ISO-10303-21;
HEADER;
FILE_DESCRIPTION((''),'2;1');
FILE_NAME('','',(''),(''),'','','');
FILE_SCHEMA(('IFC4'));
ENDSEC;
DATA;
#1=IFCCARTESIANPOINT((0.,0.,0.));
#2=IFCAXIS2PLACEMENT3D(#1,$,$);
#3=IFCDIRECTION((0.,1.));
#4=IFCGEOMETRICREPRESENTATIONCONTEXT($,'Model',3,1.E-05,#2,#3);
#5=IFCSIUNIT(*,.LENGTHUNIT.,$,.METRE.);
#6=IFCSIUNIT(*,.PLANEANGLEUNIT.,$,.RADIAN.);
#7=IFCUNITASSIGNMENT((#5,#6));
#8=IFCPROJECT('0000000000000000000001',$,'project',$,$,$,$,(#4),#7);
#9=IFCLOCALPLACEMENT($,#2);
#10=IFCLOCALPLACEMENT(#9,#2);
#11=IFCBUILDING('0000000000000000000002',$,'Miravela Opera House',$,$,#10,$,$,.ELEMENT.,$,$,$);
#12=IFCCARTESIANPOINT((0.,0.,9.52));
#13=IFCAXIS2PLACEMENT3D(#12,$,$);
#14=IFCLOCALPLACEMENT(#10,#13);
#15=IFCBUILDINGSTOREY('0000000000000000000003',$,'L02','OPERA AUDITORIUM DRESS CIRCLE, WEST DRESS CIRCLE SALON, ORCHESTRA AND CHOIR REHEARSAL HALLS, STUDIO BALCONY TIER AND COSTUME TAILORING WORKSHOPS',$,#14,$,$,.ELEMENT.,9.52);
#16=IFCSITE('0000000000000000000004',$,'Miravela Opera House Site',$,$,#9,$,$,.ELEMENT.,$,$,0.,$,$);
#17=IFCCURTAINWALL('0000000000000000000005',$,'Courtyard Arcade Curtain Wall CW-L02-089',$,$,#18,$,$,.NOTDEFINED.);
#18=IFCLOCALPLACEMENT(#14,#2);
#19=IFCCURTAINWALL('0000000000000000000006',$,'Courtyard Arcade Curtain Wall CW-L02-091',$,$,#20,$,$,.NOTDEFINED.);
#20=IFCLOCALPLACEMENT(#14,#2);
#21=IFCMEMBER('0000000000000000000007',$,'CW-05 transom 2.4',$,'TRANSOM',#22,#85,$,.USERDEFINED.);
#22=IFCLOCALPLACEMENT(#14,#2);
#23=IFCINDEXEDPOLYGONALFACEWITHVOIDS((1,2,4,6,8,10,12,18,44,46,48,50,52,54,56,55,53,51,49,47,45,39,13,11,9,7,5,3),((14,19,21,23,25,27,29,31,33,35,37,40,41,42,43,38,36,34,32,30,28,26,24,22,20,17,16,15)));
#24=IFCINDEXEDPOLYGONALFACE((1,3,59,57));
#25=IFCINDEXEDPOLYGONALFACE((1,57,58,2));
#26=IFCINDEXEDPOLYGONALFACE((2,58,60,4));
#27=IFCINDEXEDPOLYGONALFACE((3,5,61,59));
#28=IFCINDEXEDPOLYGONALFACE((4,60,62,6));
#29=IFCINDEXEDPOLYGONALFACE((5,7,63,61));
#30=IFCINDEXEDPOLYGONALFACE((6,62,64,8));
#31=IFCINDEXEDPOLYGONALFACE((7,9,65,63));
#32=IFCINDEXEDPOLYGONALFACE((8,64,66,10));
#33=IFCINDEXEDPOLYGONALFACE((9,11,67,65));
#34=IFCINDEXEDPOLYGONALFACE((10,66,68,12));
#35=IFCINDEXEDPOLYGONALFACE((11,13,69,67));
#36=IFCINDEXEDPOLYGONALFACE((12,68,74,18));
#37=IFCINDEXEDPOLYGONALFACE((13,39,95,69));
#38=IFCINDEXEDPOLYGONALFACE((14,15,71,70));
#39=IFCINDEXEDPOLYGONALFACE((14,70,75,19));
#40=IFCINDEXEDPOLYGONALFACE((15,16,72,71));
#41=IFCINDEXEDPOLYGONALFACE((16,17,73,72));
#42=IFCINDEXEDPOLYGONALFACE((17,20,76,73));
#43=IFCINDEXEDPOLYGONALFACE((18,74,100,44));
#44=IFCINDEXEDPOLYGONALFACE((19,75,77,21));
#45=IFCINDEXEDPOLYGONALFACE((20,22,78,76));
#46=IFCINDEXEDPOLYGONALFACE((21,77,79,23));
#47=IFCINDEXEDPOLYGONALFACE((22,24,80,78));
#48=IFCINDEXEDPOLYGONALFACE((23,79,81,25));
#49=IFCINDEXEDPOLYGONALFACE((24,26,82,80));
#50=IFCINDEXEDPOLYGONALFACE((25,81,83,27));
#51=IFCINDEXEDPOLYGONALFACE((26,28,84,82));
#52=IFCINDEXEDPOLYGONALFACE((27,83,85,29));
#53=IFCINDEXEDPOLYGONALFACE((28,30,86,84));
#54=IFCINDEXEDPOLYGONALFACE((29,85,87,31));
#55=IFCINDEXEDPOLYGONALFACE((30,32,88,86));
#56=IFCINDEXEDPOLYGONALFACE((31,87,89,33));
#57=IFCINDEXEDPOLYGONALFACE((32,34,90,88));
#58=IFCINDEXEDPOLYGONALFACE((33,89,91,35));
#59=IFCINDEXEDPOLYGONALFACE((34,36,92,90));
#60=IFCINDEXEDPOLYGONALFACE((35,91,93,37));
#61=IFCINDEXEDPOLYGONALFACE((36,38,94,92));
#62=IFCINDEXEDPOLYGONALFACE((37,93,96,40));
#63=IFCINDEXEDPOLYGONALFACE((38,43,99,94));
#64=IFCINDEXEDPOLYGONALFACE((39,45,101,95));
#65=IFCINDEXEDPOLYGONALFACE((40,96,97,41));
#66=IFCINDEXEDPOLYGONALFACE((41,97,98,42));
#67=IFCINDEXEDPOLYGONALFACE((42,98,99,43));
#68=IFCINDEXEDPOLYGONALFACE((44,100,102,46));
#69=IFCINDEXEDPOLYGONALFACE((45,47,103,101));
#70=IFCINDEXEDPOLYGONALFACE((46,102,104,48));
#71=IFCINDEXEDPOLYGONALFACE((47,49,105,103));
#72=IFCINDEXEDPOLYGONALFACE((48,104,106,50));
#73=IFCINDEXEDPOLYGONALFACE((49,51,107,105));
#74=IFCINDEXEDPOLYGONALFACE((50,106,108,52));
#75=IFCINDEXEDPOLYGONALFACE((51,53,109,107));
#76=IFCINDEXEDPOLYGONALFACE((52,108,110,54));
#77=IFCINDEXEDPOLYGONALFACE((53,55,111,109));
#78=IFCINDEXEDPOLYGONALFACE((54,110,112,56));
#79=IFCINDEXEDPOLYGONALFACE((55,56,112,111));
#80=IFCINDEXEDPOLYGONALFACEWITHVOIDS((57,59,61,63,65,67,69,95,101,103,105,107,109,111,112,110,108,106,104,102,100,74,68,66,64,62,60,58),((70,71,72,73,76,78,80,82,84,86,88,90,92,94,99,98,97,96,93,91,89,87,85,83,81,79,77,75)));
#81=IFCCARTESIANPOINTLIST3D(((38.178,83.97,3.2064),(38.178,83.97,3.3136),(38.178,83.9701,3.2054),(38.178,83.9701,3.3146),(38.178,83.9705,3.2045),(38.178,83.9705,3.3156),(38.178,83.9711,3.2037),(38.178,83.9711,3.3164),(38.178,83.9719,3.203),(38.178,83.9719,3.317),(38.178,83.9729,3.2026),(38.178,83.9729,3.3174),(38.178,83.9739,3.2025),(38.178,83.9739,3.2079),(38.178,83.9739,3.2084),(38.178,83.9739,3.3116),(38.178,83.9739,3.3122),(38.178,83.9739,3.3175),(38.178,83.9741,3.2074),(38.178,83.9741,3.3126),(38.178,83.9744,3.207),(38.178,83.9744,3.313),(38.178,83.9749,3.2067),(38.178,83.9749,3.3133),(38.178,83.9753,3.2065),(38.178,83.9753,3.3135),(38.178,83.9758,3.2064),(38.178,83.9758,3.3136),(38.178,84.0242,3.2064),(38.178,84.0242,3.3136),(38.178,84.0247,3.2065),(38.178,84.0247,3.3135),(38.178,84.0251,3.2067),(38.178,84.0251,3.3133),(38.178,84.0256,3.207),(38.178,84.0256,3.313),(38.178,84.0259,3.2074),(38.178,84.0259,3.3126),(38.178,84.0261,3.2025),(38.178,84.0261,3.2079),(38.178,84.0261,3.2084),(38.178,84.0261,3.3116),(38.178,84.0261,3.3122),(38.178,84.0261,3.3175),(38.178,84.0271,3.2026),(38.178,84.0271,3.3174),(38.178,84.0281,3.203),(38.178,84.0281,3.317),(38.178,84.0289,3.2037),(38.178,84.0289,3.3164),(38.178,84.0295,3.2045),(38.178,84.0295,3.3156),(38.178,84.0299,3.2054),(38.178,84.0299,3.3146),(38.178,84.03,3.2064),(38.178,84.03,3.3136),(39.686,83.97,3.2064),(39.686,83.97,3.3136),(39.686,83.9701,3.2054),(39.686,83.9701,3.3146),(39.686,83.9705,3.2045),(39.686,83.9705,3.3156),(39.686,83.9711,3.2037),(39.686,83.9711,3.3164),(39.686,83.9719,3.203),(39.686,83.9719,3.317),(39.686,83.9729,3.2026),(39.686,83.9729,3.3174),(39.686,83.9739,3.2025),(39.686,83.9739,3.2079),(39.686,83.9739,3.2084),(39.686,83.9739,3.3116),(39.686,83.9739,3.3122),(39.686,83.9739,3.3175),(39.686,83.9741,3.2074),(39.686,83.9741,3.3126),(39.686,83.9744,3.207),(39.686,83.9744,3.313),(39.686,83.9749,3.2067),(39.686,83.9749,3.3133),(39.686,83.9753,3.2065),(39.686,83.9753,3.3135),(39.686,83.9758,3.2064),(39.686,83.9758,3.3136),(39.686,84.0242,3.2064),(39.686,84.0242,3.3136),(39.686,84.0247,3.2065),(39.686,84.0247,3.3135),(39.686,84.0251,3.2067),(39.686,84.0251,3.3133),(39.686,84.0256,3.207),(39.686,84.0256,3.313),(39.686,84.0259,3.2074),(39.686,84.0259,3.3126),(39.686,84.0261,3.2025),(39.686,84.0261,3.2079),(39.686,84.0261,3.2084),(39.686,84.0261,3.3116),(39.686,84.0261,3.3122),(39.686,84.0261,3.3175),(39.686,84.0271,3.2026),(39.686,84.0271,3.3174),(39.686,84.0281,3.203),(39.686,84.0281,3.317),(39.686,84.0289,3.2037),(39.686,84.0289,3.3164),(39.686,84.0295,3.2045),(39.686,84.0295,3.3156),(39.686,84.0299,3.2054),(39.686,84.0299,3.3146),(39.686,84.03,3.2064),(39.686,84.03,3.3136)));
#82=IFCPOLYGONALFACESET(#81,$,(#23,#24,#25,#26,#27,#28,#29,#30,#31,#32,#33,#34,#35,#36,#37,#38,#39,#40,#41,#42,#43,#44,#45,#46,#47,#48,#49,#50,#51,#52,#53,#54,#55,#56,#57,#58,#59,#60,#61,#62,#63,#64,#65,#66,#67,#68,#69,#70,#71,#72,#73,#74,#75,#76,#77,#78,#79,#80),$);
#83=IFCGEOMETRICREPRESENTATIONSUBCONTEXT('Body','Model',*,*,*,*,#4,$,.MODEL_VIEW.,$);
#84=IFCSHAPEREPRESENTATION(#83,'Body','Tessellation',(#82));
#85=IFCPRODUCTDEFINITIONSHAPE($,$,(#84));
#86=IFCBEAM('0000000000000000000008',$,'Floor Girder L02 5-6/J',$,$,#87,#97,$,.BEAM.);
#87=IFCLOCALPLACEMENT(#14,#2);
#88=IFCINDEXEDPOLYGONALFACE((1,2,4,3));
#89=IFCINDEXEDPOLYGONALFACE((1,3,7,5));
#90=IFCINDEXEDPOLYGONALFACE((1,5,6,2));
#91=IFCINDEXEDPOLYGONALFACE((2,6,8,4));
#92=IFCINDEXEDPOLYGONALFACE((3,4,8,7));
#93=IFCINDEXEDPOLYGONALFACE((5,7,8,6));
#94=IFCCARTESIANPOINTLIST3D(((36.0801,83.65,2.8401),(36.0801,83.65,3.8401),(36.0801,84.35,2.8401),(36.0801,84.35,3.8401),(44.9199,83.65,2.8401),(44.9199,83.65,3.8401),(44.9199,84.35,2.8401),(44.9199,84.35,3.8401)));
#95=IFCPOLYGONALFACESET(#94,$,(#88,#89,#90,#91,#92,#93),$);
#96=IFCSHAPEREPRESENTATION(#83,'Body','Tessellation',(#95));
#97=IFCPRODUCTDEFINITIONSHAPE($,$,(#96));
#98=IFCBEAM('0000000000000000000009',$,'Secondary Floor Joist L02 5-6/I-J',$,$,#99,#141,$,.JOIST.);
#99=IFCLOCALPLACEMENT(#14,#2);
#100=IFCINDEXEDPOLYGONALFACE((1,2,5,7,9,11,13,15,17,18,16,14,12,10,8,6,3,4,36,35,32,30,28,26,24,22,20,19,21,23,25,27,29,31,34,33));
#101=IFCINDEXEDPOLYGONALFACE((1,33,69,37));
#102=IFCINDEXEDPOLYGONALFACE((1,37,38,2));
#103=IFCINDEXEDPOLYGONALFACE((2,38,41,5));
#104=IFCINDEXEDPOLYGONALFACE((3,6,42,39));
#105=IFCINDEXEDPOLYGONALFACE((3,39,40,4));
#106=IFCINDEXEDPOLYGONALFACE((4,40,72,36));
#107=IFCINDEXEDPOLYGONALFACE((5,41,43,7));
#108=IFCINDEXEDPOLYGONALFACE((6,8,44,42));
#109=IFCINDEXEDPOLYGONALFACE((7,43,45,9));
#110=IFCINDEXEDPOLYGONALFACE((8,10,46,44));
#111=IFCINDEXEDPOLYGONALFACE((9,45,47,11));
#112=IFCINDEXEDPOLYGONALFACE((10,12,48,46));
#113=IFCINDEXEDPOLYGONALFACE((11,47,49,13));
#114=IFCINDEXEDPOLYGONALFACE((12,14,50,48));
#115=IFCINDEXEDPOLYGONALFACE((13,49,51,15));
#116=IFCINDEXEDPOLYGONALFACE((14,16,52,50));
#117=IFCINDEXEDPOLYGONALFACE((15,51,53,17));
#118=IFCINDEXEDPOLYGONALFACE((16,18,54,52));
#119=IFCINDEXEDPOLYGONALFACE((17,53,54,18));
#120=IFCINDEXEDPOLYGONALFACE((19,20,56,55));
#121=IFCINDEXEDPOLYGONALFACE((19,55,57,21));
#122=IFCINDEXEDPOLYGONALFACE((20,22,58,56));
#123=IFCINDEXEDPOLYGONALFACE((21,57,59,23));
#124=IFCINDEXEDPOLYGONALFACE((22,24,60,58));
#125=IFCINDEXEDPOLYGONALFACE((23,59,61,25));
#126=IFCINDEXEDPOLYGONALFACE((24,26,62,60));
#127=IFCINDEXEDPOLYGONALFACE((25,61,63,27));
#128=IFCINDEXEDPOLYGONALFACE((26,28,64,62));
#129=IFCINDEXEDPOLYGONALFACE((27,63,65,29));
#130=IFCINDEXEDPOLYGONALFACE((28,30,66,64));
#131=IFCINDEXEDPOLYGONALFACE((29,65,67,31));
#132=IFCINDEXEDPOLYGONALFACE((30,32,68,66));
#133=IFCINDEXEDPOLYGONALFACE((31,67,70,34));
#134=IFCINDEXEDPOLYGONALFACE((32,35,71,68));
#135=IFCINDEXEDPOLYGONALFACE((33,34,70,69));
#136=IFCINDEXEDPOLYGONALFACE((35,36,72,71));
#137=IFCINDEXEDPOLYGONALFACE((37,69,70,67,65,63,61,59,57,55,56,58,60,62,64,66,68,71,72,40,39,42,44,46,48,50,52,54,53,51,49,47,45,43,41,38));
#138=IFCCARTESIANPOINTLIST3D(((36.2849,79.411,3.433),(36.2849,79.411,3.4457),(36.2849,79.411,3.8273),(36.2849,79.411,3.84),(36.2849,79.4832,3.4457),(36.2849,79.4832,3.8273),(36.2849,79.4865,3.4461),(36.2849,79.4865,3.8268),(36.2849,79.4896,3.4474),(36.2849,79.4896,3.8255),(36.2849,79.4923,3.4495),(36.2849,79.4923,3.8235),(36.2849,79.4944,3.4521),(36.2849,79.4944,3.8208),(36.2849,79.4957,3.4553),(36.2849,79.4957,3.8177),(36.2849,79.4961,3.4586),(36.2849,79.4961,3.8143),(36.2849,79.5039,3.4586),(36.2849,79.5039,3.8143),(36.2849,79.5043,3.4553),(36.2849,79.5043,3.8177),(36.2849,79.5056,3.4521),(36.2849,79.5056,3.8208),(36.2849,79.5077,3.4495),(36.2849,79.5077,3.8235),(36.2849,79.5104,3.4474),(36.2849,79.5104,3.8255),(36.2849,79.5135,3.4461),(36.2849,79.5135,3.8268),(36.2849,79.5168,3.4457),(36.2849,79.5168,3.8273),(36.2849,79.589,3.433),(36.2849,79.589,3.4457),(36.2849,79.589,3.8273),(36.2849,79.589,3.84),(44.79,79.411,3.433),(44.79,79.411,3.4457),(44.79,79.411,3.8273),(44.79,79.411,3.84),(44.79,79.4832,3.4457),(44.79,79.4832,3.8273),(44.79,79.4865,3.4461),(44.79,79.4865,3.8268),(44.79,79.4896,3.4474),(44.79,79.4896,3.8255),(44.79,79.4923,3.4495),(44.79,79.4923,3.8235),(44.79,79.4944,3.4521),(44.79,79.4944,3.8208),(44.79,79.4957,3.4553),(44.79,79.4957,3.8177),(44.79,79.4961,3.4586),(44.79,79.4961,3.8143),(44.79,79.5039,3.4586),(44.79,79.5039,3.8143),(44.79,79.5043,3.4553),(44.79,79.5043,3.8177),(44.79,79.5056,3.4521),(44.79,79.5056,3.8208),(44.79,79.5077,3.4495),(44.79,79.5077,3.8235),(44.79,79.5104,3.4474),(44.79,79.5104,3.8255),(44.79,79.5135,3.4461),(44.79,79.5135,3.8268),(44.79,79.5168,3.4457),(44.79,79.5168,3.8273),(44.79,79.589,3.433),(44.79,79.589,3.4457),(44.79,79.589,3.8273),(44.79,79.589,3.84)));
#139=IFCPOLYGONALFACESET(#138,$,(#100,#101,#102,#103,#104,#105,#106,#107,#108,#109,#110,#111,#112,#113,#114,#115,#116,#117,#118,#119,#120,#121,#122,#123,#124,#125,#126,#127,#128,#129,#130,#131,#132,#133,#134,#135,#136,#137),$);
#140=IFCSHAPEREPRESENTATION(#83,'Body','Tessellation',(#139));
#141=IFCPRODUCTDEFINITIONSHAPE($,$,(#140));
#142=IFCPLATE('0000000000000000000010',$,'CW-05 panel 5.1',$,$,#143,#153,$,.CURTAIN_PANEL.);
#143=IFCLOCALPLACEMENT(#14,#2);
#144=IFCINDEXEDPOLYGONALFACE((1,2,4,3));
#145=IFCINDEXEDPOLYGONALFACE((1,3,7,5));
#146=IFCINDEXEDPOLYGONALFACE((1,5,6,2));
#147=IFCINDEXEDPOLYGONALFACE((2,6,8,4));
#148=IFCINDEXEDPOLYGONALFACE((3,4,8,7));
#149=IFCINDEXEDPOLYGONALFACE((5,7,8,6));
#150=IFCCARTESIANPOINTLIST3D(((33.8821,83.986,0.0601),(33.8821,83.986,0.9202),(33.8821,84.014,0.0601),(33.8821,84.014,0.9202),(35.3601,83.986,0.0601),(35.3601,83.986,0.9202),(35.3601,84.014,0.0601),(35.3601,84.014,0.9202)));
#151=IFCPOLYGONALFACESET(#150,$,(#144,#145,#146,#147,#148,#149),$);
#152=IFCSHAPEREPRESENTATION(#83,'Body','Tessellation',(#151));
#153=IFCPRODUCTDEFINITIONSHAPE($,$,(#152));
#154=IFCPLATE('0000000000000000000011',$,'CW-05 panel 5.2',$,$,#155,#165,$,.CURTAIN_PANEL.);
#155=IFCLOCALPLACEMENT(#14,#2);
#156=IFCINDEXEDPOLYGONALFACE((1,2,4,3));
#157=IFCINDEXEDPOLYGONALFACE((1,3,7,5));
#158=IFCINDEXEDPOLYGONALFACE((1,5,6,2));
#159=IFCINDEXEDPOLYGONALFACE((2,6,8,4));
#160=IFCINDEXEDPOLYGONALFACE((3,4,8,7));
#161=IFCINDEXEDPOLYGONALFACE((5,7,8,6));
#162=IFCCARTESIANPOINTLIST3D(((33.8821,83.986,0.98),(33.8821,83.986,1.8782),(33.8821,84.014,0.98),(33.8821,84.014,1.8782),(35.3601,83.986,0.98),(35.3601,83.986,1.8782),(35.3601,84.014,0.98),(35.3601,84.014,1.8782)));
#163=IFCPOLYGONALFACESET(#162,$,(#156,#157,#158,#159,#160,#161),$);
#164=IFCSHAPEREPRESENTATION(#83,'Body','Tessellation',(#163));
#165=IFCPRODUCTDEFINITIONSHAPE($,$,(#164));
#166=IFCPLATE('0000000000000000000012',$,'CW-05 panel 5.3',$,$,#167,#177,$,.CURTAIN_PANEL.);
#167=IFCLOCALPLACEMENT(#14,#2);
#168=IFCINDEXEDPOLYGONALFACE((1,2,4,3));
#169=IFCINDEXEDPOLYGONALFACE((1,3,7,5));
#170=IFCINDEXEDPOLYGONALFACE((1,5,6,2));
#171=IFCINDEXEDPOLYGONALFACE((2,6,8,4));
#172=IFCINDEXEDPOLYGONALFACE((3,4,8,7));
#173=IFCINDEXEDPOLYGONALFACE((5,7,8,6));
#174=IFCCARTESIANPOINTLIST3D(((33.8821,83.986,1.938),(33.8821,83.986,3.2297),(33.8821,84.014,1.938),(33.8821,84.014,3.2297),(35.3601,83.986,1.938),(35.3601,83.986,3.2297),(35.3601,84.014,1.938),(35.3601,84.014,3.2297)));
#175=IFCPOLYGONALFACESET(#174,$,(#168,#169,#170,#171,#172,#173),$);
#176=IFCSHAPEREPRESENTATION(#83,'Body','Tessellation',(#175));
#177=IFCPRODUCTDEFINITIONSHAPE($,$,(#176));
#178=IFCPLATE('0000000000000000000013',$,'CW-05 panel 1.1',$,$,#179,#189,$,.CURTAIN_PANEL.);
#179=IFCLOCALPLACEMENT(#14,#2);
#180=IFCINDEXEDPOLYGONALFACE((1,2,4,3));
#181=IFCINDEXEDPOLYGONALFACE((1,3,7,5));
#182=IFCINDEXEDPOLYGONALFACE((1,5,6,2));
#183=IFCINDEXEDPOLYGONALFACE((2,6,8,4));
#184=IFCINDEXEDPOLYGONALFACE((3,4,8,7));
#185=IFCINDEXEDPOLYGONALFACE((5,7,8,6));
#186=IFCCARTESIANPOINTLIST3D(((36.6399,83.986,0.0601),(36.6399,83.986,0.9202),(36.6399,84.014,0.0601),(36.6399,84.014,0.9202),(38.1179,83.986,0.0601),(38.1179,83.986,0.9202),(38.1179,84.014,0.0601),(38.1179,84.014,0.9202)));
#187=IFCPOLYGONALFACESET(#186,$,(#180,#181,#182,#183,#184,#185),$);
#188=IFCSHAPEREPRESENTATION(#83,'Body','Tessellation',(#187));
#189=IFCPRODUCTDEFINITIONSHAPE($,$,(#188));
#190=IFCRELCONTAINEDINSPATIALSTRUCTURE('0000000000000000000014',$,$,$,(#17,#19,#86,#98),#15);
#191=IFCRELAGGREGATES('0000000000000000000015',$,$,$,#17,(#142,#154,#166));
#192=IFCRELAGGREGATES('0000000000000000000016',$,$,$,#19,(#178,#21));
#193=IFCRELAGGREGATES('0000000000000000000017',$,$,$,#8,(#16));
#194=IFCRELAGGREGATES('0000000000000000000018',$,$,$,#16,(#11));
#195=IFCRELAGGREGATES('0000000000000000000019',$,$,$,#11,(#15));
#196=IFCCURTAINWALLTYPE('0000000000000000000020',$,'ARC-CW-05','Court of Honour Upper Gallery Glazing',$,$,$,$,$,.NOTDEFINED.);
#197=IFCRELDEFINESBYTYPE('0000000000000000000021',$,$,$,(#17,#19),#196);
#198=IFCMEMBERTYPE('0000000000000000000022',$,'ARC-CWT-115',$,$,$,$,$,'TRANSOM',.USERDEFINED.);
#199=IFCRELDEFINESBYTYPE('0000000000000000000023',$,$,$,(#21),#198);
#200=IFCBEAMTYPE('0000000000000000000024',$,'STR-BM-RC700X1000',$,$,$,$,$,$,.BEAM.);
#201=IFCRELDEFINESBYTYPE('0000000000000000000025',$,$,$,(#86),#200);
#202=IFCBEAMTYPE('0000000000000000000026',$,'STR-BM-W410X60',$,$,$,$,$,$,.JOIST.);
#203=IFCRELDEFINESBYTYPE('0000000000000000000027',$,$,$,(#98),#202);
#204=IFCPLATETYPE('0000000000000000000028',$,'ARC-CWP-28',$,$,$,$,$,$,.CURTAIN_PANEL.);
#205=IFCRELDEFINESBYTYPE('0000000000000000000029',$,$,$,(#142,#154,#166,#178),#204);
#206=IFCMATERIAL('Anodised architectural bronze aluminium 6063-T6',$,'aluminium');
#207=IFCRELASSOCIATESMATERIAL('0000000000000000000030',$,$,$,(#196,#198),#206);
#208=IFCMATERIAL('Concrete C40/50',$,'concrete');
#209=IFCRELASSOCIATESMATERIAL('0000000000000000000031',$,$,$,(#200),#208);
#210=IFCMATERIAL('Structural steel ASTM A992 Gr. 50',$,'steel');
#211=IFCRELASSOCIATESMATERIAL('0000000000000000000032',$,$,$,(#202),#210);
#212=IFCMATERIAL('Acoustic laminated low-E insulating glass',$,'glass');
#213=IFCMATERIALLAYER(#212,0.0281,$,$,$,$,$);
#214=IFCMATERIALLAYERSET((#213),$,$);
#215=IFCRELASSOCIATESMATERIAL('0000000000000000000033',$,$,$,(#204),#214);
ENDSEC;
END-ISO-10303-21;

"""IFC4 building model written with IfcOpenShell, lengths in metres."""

from ifc_helpers import new_model, si_unit, direction, frame, origin, origin_2d, place, context, subcontext, project, spatial, rectangle, hollow_rectangle, i_section, extrude, material, layer, layer_set, material_profile, profile_set, type_object, element, aggregate, save


model = new_model("IFC4")

# Units and contexts
model_context = context("Model", 3, precision=1e-05, world=origin(), true_north=direction((0.0, 1.0)))
body_context = subcontext(model_context, "Body", "Model", "MODEL_VIEW")
ifc_project = project(units=[si_unit("LENGTHUNIT", "METRE"), si_unit("PLANEANGLEUNIT", "RADIAN")], contexts=[model_context])

# Site, building, storey
site_placement = place(None, origin())
site = spatial("IfcSite", under=ifc_project, at=site_placement, Name="Miravela Opera House Site", CompositionType="ELEMENT", RefElevation=0.0)
building_placement = place(site_placement, origin())
building = spatial("IfcBuilding", under=site, at=building_placement, Name="Miravela Opera House", CompositionType="ELEMENT")
storey_placement = place(building_placement, frame((0.0, 0.0, 9.52)))
storey = spatial("IfcBuildingStorey", under=building, at=storey_placement, Name="L02", Description="OPERA AUDITORIUM DRESS CIRCLE, WEST DRESS CIRCLE SALON, ORCHESTRA AND CHOIR REHEARSAL HALLS, STUDIO BALCONY TIER AND COSTUME TAILORING WORKSHOPS", CompositionType="ELEMENT", Elevation=9.52)

# Curtain wall
ifc_material_1 = material(Name="Anodised architectural bronze aluminium 6063-T6", Category="aluminium")
curtain_wall_type = type_object("IfcCurtainWallType", Name="ARC-CW-05", Description="Court of Honour Upper Gallery Glazing", PredefinedType="NOTDEFINED", material=ifc_material_1)
curtain_wall_1_placement = place(storey_placement, origin())
curtain_wall_1 = element("IfcCurtainWall", 1, at=curtain_wall_1_placement, inside=storey, type_object=curtain_wall_type, Name="Courtyard Arcade Curtain Wall CW-L02-089", PredefinedType="NOTDEFINED")

# Curtain wall
curtain_wall_2_placement = place(storey_placement, origin())
curtain_wall_2 = element("IfcCurtainWall", 2, at=curtain_wall_2_placement, inside=storey, type_object=curtain_wall_type, Name="Courtyard Arcade Curtain Wall CW-L02-091", PredefinedType="NOTDEFINED")

# Member
ifc_material_profile_1 = material_profile(ifc_material_1, hollow_rectangle(XDim=0.0601, YDim=0.115, WallThickness=0.0039, InnerFilletRadius=0.002, OuterFilletRadius=0.0039, at=origin_2d()), Name="CWT-60X115")
ifc_profile_set_1 = profile_set([ifc_material_profile_1])
member_type_1 = type_object("IfcMemberType", Name="ARC-CWT-115", ElementType="TRANSOM", PredefinedType="USERDEFINED", material=ifc_profile_set_1)
member_1_placement = place(storey_placement, frame((38.178, 84.0, 3.26), z_axis=(1.0, 0.0, 0.0), x_axis=(0.0, 1.0, 0.0)))
member_1 = element("IfcMember", 3, at=member_1_placement, type_object=member_type_1, Name="CW-05 transom 2.4", ObjectType="TRANSOM", PredefinedType="USERDEFINED", context=body_context, shape_type="SweptSolid", body=[
    extrude(hollow_rectangle(XDim=0.0601, YDim=0.115, WallThickness=0.0039, InnerFilletRadius=0.002, OuterFilletRadius=0.0039, at=origin_2d()), origin(), (0.0, 0.0, 1.0), 1.5081),
])

# Beams
ifc_material_2 = material(Name="Concrete C40/50", Category="concrete")
ifc_material_profile_2 = material_profile(ifc_material_2, rectangle(XDim=0.7, YDim=1.0, at=origin_2d()), Name="RC-BM-700X1000")
ifc_profile_set_2 = profile_set([ifc_material_profile_2])
beam_type_1 = type_object("IfcBeamType", Name="STR-BM-RC700X1000", PredefinedType="BEAM", material=ifc_profile_set_2)
beam_1_placement = place(storey_placement, frame((36.0801, 84.0, 3.3401), z_axis=(1.0, 0.0, 0.0), x_axis=(0.0, 1.0, 0.0)))
element("IfcBeam", 4, at=beam_1_placement, inside=storey, type_object=beam_type_1, Name="Floor Girder L02 5-6/J", PredefinedType="BEAM", context=body_context, shape_type="SweptSolid", body=[
    extrude(rectangle(XDim=0.7, YDim=1.0, at=origin_2d()), origin(), (0.0, 0.0, 1.0), 8.8398),
])
ifc_material_3 = material(Name="Structural steel ASTM A992 Gr. 50", Category="steel")
ifc_material_profile_3 = material_profile(ifc_material_3, i_section(OverallWidth=0.178, OverallDepth=0.407, WebThickness=0.0078, FlangeThickness=0.0127, FilletRadius=0.0129, at=origin_2d()), Name="W410X60")
ifc_profile_set_3 = profile_set([ifc_material_profile_3])
beam_type_2 = type_object("IfcBeamType", Name="STR-BM-W410X60", PredefinedType="JOIST", material=ifc_profile_set_3)
beam_2_placement = place(storey_placement, frame((36.2849, 79.5, 3.6365), z_axis=(1.0, 0.0, 0.0), x_axis=(0.0, 1.0, 0.0)))
element("IfcBeam", 5, at=beam_2_placement, inside=storey, type_object=beam_type_2, Name="Secondary Floor Joist L02 5-6/I-J", PredefinedType="JOIST", context=body_context, shape_type="SweptSolid", body=[
    extrude(i_section(OverallWidth=0.178, OverallDepth=0.407, WebThickness=0.0078, FlangeThickness=0.0127, FilletRadius=0.0129, at=origin_2d()), origin(), (0.0, 0.0, 1.0), 8.5051),
])

# Plates
ifc_material_4 = material(Name="Acoustic laminated low-E insulating glass", Category="glass")
ifc_layer = layer(ifc_material_4, 0.0281)
ifc_layer_set = layer_set([ifc_layer])
plate_type = type_object("IfcPlateType", Name="ARC-CWP-28", PredefinedType="CURTAIN_PANEL", material=ifc_layer_set)
plate_1_placement = place(storey_placement, frame((34.6211, 84.0, 0.0601), z_axis=(0.0, 0.0, 1.0), x_axis=(1.0, 0.0, 0.0)))
plate_1 = element("IfcPlate", 6, at=plate_1_placement, type_object=plate_type, Name="CW-05 panel 5.1", PredefinedType="CURTAIN_PANEL", context=body_context, shape_type="SweptSolid", body=[
    extrude(rectangle(XDim=1.478, YDim=0.0281, at=origin_2d()), origin(), (0.0, 0.0, 1.0), 0.8601),
])
plate_2_placement = place(storey_placement, frame((34.6211, 84.0, 0.98), z_axis=(0.0, 0.0, 1.0), x_axis=(1.0, 0.0, 0.0)))
plate_2 = element("IfcPlate", 7, at=plate_2_placement, type_object=plate_type, Name="CW-05 panel 5.2", PredefinedType="CURTAIN_PANEL", context=body_context, shape_type="SweptSolid", body=[
    extrude(rectangle(XDim=1.478, YDim=0.0281, at=origin_2d()), origin(), (0.0, 0.0, 1.0), 0.8982),
])
plate_3_placement = place(storey_placement, frame((34.6211, 84.0, 1.938), z_axis=(0.0, 0.0, 1.0), x_axis=(1.0, 0.0, 0.0)))
plate_3 = element("IfcPlate", 8, at=plate_3_placement, type_object=plate_type, Name="CW-05 panel 5.3", PredefinedType="CURTAIN_PANEL", context=body_context, shape_type="SweptSolid", body=[
    extrude(rectangle(XDim=1.478, YDim=0.0281, at=origin_2d()), origin(), (0.0, 0.0, 1.0), 1.2917),
])
aggregate(curtain_wall_1, [plate_1, plate_2, plate_3])
plate_4_placement = place(storey_placement, frame((37.3789, 84.0, 0.0601), z_axis=(0.0, 0.0, 1.0), x_axis=(1.0, 0.0, 0.0)))
plate_4 = element("IfcPlate", 9, at=plate_4_placement, type_object=plate_type, Name="CW-05 panel 1.1", PredefinedType="CURTAIN_PANEL", context=body_context, shape_type="SweptSolid", body=[
    extrude(rectangle(XDim=1.478, YDim=0.0281, at=origin_2d()), origin(), (0.0, 0.0, 1.0), 0.8601),
])
aggregate(curtain_wall_2, [plate_4, member_1])

save(model, "model.ifc")
